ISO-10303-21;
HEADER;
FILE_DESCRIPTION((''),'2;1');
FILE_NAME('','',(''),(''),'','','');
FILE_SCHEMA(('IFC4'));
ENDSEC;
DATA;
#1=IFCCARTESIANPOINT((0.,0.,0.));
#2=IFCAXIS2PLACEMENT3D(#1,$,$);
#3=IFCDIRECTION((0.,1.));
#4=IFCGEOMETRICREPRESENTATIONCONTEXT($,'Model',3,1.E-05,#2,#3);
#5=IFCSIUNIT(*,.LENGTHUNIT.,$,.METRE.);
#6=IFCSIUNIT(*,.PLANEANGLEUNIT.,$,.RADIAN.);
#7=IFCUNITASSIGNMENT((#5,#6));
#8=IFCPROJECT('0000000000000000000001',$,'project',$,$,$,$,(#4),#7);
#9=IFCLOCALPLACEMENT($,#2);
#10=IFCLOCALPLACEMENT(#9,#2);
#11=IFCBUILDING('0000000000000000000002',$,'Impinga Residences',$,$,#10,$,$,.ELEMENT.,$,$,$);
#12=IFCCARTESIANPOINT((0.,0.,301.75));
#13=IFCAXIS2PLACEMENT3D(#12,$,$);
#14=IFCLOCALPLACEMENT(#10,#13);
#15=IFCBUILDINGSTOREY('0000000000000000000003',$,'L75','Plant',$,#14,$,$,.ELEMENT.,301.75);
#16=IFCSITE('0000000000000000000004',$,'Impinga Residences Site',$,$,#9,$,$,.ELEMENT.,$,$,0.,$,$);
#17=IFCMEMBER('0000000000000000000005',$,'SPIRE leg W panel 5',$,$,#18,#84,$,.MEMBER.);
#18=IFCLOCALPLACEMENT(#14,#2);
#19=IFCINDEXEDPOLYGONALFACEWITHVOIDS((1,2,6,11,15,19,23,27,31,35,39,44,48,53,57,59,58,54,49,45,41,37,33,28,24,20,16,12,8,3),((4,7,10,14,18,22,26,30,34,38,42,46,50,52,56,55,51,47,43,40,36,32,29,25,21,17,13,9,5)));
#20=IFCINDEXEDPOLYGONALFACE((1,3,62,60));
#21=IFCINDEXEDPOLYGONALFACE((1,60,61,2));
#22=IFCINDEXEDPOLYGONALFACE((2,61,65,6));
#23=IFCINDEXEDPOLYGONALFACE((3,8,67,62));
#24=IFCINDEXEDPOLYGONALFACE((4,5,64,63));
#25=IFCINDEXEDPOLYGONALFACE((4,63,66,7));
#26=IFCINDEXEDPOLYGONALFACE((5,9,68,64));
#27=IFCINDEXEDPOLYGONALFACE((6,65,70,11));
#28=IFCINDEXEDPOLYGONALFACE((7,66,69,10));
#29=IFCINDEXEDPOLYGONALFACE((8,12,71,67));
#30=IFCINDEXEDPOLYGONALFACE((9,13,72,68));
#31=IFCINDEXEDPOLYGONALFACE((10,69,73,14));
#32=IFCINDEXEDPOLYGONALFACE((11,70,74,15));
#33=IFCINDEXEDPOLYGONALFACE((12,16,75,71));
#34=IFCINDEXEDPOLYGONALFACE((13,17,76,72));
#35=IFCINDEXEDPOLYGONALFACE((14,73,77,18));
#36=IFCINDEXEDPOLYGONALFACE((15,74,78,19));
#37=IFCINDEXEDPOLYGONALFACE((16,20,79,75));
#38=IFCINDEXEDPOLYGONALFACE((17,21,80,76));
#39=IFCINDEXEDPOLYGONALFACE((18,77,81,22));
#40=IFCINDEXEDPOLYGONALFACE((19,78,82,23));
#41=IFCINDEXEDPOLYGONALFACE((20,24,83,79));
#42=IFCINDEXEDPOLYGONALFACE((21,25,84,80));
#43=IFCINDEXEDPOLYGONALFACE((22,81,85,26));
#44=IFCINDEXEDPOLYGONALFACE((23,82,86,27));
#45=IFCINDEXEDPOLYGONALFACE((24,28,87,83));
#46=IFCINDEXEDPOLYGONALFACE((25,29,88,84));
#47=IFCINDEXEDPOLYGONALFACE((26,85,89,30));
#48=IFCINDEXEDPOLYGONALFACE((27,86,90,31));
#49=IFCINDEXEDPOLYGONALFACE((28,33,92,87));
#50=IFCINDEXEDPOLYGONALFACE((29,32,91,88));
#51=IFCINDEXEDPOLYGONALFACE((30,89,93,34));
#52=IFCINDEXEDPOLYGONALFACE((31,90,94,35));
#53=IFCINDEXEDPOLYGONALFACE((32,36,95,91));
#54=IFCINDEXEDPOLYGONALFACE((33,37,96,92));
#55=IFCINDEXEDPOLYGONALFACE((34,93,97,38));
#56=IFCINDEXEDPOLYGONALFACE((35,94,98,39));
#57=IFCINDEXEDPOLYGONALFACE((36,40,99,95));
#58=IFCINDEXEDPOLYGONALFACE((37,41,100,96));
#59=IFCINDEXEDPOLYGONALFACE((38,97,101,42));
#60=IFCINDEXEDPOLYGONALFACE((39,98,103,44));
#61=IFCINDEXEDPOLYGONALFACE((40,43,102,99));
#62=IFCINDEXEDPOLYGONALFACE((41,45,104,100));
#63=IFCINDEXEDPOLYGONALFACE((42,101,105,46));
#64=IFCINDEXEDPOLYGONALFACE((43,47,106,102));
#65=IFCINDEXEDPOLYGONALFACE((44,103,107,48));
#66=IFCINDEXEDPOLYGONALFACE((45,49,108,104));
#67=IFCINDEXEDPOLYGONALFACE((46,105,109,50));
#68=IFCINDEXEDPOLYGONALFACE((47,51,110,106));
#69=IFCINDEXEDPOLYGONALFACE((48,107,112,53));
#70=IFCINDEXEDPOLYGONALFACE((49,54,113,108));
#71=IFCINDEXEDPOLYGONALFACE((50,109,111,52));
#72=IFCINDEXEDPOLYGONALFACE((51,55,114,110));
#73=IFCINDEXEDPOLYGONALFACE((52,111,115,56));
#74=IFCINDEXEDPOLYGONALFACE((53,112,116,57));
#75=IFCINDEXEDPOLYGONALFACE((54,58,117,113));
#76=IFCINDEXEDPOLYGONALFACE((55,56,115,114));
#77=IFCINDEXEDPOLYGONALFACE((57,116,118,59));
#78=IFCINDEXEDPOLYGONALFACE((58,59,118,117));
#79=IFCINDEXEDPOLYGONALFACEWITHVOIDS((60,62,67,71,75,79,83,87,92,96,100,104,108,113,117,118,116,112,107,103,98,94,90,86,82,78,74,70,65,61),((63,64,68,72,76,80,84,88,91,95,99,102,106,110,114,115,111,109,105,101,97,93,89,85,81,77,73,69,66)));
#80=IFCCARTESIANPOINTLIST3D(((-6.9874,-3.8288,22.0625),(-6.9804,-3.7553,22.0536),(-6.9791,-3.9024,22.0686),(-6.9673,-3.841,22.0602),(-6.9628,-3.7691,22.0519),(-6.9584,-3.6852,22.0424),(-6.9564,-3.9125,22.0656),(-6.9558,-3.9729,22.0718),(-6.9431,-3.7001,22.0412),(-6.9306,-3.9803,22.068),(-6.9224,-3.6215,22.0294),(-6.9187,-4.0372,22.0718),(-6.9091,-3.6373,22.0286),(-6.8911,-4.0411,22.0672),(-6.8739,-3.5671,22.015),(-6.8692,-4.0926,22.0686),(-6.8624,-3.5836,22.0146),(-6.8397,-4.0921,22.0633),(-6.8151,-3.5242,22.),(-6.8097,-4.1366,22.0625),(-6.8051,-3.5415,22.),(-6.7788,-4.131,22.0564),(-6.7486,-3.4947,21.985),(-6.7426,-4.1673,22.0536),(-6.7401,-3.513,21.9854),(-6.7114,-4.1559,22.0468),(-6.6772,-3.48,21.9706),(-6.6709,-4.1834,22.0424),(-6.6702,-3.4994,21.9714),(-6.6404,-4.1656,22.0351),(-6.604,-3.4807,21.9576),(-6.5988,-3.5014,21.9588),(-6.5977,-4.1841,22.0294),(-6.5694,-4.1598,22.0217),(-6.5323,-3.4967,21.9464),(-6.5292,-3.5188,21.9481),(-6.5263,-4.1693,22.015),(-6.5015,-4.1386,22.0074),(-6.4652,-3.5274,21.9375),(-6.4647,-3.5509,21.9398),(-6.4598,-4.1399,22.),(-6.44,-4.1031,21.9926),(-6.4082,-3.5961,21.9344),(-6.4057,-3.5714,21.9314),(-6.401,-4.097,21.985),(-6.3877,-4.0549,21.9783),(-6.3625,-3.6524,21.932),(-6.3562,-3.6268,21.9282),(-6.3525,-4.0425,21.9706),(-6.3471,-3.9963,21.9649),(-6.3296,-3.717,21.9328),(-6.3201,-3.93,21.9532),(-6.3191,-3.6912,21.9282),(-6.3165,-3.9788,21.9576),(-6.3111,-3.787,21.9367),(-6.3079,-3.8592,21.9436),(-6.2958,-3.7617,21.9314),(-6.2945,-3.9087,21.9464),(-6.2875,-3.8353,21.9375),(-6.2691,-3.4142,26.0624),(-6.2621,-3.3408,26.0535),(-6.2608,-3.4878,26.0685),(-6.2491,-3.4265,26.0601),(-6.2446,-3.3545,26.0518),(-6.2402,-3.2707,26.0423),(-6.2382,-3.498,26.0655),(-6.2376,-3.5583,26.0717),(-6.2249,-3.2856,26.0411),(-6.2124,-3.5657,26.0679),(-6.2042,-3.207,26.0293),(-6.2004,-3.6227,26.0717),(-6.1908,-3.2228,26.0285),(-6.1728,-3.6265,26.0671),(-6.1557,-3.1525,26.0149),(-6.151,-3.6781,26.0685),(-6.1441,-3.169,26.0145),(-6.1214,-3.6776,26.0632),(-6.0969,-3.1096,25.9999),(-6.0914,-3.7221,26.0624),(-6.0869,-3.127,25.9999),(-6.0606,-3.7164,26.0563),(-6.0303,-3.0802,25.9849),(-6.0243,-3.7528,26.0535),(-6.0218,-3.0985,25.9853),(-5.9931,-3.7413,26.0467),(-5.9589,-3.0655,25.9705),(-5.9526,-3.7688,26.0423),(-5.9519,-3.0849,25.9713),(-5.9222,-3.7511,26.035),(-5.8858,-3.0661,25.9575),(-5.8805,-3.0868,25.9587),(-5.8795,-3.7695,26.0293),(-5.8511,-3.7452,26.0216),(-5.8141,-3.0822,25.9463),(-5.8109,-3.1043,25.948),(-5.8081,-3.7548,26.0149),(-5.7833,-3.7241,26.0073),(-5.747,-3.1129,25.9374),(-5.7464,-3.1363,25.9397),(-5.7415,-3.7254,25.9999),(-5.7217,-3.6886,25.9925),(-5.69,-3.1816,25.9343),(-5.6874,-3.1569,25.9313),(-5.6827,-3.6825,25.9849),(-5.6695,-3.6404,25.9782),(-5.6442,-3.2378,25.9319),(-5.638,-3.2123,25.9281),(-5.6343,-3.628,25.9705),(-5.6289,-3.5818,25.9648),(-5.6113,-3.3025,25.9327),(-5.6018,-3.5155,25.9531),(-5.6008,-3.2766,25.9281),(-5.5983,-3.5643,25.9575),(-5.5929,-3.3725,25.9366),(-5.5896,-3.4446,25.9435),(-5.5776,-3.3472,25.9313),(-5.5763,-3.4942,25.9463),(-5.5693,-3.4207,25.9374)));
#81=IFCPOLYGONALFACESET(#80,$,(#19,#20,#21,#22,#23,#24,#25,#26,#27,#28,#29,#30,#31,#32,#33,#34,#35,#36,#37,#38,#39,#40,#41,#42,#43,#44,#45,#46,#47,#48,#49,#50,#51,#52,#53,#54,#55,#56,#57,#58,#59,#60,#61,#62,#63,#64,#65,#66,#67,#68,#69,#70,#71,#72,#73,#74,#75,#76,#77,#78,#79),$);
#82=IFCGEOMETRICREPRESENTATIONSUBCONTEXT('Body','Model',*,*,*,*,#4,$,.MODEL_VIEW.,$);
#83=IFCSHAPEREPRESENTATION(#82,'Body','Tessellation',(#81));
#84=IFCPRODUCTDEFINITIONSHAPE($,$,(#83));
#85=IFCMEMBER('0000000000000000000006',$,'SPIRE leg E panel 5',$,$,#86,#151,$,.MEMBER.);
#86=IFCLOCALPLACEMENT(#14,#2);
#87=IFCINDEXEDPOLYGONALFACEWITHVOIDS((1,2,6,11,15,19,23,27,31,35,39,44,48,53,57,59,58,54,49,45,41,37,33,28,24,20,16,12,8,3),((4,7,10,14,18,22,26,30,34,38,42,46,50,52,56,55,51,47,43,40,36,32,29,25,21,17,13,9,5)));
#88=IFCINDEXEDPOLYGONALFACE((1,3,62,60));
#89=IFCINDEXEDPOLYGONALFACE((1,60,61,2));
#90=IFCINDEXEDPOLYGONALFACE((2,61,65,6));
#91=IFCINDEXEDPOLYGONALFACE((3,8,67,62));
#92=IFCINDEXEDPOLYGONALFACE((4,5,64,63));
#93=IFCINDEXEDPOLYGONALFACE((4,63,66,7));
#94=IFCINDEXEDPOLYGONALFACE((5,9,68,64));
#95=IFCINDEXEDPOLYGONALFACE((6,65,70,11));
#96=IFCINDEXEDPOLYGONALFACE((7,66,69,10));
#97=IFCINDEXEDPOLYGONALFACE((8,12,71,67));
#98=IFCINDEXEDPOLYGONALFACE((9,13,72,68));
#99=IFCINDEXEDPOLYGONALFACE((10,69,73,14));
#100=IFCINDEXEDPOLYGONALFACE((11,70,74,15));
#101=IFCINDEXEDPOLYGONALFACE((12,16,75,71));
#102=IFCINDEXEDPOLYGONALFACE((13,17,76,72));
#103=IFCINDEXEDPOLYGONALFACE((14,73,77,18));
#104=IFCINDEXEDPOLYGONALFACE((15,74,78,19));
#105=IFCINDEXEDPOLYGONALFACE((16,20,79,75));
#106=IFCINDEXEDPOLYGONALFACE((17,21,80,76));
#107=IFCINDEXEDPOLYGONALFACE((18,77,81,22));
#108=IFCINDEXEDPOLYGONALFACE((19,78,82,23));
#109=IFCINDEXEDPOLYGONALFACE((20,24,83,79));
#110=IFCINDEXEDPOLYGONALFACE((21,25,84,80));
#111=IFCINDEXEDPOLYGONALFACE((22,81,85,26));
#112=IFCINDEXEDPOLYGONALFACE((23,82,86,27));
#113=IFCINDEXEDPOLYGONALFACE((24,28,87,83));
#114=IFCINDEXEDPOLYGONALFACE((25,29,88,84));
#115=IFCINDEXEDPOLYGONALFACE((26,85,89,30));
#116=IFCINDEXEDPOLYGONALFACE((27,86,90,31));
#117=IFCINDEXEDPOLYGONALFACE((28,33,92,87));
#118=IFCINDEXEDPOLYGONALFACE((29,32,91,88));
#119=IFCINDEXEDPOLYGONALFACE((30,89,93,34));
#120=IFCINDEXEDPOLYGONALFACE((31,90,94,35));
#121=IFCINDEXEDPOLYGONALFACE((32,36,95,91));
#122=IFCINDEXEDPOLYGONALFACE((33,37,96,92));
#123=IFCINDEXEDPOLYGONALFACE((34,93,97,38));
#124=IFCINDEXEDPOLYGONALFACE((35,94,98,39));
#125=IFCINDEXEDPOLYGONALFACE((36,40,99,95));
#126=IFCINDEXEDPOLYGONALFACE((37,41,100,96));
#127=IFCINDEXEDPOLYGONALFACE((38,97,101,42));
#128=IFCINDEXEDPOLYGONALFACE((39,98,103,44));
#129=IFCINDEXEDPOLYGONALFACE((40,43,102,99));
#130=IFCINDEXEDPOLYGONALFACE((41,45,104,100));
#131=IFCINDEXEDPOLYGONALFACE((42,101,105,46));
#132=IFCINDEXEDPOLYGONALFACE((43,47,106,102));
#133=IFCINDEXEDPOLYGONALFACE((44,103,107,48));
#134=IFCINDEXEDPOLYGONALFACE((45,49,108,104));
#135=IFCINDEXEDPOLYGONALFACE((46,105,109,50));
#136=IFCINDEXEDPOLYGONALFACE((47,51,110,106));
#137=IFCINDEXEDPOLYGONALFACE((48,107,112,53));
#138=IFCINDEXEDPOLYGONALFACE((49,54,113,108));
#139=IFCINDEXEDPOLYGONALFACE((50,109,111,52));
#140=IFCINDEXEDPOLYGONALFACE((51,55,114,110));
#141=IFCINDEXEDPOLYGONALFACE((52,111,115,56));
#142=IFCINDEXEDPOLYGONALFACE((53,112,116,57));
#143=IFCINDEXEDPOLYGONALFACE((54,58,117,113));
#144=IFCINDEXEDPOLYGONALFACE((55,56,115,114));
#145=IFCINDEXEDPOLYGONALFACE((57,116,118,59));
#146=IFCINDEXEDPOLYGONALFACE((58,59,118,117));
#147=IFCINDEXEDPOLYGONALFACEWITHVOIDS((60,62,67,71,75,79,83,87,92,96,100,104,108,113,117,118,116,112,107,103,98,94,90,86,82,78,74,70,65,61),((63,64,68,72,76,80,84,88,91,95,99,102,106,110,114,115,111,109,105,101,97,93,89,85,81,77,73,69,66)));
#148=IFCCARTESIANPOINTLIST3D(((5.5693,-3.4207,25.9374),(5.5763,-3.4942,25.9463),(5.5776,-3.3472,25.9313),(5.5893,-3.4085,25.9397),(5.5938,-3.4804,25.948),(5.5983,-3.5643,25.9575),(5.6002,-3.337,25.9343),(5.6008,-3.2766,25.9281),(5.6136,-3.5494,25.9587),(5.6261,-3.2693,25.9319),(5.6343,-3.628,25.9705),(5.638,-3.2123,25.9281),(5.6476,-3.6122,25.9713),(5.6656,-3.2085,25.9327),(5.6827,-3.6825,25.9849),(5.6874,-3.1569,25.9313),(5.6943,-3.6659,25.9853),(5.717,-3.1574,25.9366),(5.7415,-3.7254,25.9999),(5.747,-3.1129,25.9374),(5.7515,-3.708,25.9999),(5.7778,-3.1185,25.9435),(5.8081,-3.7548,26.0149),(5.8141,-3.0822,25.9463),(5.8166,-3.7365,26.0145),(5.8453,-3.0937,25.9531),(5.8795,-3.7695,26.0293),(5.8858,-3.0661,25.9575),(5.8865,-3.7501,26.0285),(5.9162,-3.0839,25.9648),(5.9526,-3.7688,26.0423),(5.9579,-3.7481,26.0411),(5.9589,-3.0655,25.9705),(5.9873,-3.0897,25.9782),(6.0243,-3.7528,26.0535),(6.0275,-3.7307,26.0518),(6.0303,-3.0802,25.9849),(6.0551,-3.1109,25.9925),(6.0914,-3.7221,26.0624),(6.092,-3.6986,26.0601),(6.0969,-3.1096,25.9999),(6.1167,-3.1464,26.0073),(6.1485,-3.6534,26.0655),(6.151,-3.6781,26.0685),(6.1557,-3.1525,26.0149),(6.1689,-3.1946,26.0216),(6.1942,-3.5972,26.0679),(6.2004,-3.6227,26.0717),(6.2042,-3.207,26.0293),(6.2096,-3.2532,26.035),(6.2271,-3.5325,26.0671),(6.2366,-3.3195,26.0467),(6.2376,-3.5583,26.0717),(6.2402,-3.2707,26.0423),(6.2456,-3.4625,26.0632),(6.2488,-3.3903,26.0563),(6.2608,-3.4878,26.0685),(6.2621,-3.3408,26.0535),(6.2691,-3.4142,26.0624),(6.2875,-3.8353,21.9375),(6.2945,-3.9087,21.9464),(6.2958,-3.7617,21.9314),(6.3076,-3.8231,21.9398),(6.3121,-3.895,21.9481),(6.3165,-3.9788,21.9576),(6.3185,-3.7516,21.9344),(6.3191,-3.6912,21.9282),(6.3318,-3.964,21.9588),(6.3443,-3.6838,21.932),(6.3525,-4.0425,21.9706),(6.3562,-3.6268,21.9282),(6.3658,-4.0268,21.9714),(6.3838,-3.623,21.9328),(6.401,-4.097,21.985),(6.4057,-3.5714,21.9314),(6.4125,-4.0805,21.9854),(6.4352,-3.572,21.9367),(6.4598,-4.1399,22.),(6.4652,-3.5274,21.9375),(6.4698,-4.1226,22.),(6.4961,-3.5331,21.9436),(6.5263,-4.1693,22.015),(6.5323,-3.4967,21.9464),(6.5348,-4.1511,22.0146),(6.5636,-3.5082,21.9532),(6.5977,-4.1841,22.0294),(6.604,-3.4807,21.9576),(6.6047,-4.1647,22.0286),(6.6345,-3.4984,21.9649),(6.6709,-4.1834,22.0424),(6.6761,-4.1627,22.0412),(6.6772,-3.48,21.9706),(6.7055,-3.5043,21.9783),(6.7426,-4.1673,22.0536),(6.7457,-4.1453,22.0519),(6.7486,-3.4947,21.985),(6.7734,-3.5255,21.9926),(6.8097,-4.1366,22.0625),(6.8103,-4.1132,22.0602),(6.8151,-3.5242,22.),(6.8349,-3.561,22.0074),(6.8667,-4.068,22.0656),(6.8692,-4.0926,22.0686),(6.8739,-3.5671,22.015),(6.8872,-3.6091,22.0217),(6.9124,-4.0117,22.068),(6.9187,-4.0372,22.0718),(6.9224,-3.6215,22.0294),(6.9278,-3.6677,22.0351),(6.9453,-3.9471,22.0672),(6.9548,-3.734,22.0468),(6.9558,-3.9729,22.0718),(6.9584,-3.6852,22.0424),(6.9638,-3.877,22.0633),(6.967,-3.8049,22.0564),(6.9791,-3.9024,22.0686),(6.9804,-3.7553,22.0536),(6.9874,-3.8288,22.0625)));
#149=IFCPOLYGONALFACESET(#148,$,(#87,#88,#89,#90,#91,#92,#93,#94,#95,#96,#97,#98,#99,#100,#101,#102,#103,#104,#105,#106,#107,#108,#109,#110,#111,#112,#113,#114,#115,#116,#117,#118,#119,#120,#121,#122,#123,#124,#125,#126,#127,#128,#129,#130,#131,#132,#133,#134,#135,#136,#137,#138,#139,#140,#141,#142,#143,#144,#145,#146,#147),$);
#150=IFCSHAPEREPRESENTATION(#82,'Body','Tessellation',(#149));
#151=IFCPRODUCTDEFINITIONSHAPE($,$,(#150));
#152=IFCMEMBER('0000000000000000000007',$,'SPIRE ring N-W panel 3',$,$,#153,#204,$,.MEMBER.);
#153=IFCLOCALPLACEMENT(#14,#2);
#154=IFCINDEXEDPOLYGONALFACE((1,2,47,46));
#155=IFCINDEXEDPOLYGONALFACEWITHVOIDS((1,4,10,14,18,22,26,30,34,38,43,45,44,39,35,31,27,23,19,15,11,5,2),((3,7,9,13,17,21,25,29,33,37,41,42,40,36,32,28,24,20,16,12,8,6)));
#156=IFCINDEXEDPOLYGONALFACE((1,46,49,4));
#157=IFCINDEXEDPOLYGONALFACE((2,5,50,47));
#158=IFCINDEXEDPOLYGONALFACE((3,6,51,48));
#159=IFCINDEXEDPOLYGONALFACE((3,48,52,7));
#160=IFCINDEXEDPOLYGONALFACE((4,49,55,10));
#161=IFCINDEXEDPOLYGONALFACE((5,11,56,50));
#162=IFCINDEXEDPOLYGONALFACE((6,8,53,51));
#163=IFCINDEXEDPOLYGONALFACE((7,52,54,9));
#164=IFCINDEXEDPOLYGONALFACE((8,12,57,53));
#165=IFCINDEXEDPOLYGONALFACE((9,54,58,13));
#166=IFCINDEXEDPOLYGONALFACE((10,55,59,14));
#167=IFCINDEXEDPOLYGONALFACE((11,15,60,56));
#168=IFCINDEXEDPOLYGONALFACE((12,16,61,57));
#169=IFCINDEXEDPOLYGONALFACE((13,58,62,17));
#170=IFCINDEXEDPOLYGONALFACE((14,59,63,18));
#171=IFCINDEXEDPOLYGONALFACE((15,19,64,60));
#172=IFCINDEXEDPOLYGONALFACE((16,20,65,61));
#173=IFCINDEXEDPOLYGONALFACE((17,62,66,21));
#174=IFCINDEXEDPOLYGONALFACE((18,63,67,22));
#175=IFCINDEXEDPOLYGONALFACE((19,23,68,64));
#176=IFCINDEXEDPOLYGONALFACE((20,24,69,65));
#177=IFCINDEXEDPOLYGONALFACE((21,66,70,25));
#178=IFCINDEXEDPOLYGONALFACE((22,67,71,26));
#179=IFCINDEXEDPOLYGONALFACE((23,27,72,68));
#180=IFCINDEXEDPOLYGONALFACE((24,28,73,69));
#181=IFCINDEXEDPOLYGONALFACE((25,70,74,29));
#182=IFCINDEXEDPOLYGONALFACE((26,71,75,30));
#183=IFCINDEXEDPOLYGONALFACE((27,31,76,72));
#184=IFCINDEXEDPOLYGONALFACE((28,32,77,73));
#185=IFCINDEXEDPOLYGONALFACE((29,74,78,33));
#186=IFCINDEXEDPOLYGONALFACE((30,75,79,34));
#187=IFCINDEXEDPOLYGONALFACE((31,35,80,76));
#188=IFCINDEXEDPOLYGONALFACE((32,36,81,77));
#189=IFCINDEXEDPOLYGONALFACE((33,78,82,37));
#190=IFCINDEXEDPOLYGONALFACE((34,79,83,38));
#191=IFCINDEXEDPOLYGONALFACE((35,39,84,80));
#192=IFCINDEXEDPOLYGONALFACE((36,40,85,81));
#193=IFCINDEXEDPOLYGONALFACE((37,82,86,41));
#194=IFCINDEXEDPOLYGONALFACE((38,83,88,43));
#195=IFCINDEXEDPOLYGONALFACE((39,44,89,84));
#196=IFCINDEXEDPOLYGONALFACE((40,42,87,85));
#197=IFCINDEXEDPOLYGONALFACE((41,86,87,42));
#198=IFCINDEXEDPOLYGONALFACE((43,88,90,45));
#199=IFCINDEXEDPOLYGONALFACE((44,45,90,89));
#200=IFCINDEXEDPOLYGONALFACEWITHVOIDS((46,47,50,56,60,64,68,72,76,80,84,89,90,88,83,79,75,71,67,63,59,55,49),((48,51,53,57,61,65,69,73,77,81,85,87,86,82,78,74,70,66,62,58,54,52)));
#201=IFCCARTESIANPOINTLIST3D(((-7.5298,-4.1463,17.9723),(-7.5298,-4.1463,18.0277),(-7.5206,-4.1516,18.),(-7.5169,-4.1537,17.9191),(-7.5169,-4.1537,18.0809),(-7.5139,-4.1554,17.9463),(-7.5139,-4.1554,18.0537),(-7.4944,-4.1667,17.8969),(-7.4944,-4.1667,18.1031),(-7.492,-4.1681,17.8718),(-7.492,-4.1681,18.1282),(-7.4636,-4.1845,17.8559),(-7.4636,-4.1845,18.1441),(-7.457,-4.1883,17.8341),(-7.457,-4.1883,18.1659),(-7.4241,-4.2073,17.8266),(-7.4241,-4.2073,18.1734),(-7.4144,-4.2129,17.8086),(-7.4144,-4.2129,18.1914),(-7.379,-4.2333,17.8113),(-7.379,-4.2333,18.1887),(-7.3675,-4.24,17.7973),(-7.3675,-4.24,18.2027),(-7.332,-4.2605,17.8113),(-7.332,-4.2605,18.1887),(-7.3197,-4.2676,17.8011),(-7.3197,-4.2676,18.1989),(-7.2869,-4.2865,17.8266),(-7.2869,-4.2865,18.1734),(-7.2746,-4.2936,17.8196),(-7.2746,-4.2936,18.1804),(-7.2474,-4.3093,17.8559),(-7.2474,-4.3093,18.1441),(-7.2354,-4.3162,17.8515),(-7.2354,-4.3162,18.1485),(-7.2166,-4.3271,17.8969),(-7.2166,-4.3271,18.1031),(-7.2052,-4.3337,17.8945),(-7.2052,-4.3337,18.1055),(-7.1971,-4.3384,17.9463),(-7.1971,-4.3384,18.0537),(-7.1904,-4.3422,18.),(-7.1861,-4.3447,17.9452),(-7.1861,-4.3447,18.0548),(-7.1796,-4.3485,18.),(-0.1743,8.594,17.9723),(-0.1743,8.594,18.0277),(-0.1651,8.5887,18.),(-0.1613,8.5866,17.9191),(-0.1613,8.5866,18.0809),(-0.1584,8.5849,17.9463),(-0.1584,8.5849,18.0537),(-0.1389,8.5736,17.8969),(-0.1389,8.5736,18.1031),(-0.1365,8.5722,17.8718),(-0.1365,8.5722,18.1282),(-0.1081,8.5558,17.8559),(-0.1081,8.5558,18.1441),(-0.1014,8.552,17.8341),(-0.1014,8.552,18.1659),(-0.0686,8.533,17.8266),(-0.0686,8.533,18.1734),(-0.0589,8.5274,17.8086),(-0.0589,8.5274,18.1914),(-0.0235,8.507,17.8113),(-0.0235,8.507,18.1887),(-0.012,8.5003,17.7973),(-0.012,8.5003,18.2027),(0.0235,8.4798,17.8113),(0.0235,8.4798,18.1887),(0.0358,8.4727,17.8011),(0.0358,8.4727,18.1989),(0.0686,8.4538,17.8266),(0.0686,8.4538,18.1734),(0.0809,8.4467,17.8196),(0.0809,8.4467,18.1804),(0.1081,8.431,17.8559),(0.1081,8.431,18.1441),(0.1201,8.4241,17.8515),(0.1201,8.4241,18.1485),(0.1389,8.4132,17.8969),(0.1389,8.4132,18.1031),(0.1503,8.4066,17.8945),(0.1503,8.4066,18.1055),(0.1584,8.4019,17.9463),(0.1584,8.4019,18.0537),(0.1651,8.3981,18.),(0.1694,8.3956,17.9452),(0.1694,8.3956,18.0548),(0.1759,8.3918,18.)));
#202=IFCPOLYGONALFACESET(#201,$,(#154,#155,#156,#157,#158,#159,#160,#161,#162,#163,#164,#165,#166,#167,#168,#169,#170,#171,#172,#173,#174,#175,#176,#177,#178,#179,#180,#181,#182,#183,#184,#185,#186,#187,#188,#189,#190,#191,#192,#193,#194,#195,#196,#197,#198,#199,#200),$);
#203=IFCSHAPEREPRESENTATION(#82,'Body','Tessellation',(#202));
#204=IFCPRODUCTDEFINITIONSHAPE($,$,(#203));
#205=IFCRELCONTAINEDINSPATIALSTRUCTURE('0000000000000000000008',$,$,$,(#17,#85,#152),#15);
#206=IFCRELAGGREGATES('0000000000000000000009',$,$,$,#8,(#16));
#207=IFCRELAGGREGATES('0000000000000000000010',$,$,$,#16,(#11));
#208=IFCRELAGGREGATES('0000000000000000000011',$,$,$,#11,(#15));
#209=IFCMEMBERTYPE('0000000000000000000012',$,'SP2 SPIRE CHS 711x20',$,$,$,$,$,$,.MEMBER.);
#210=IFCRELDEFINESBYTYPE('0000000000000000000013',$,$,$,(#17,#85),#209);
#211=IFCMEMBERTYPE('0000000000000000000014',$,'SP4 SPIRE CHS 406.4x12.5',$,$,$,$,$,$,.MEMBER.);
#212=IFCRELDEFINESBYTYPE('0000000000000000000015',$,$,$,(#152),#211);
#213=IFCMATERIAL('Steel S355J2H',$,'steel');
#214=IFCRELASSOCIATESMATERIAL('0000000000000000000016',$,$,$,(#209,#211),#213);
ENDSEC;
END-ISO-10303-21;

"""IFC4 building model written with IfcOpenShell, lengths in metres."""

from ifc_helpers import new_model, si_unit, direction, frame, origin, origin_2d, place, context, subcontext, project, spatial, hollow_circle, extrude, material, material_profile, profile_set, type_object, element, save


model = new_model("IFC4")

# Units and contexts
model_context = context("Model", 3, precision=1e-05, world=origin(), true_north=direction((0.0, 1.0)))
body_context = subcontext(model_context, "Body", "Model", "MODEL_VIEW")
ifc_project = project(units=[si_unit("LENGTHUNIT", "METRE"), si_unit("PLANEANGLEUNIT", "RADIAN")], contexts=[model_context])

# Site, building, storey
site_placement = place(None, origin())
site = spatial("IfcSite", under=ifc_project, at=site_placement, Name="Impinga Residences Site", CompositionType="ELEMENT", RefElevation=0.0)
building_placement = place(site_placement, origin())
building = spatial("IfcBuilding", under=site, at=building_placement, Name="Impinga Residences", CompositionType="ELEMENT")
storey_placement = place(building_placement, frame((0.0, 0.0, 301.75)))
storey = spatial("IfcBuildingStorey", under=building, at=storey_placement, Name="L75", Description="Plant", CompositionType="ELEMENT", Elevation=301.75)

# Members
ifc_material = material(Name="Steel S355J2H", Category="steel")
ifc_material_profile_1 = material_profile(ifc_material, hollow_circle(Radius=0.3555, WallThickness=0.02, at=origin_2d()), Name="CHS 711x20")
ifc_profile_set_1 = profile_set([ifc_material_profile_1], Name="Steel S355J2H")
member_type_1 = type_object("IfcMemberType", Name="SP2 SPIRE CHS 711x20", PredefinedType="MEMBER", material=ifc_profile_set_1)
for number, where, z_axis, x_axis, name in (
    (1, (-6.6375, -3.832, 22.0), (0.175826, 0.10148, 0.979177), (-0.499875, 0.866097, 0.0), "SPIRE leg W panel 5"),
    (2, (6.6375, -3.832, 22.0), (-0.175826, 0.10148, 0.979177), (-0.499875, -0.866097, 0.0), "SPIRE leg E panel 5"),
):
    element("IfcMember", number, at=place(storey_placement, frame(where, z_axis=z_axis, x_axis=x_axis)), inside=storey, type_object=member_type_1, Name=name, PredefinedType="MEMBER", context=body_context, shape_type="SweptSolid", body=[
        extrude(hollow_circle(Radius=0.3555, WallThickness=0.02, at=origin_2d()), origin(), (0.0, 0.0, 1.0), 4.085),
    ])
ifc_material_profile_2 = material_profile(ifc_material, hollow_circle(Radius=0.2031, WallThickness=0.0125, at=origin_2d()), Name="CHS 406.4x12.5")
ifc_profile_set_2 = profile_set([ifc_material_profile_2], Name="Steel S355J2H")
member_type_2 = type_object("IfcMemberType", Name="SP4 SPIRE CHS 406.4x12.5", PredefinedType="MEMBER", material=ifc_profile_set_2)
member_1_placement = place(storey_placement, frame((0.0, 8.4934, 18.0), z_axis=(-0.499994, -0.866029, 0.0), x_axis=(0.866029, -0.499994, 0.0)))
element("IfcMember", 3, at=member_1_placement, inside=storey, type_object=member_type_2, Name="SPIRE ring N-W panel 3", PredefinedType="MEMBER", context=body_context, shape_type="SweptSolid", body=[
    extrude(hollow_circle(Radius=0.2031, WallThickness=0.0125, at=origin_2d()), origin(), (0.0, 0.0, 1.0), 14.7112),
])

save(model, "model.ifc")
